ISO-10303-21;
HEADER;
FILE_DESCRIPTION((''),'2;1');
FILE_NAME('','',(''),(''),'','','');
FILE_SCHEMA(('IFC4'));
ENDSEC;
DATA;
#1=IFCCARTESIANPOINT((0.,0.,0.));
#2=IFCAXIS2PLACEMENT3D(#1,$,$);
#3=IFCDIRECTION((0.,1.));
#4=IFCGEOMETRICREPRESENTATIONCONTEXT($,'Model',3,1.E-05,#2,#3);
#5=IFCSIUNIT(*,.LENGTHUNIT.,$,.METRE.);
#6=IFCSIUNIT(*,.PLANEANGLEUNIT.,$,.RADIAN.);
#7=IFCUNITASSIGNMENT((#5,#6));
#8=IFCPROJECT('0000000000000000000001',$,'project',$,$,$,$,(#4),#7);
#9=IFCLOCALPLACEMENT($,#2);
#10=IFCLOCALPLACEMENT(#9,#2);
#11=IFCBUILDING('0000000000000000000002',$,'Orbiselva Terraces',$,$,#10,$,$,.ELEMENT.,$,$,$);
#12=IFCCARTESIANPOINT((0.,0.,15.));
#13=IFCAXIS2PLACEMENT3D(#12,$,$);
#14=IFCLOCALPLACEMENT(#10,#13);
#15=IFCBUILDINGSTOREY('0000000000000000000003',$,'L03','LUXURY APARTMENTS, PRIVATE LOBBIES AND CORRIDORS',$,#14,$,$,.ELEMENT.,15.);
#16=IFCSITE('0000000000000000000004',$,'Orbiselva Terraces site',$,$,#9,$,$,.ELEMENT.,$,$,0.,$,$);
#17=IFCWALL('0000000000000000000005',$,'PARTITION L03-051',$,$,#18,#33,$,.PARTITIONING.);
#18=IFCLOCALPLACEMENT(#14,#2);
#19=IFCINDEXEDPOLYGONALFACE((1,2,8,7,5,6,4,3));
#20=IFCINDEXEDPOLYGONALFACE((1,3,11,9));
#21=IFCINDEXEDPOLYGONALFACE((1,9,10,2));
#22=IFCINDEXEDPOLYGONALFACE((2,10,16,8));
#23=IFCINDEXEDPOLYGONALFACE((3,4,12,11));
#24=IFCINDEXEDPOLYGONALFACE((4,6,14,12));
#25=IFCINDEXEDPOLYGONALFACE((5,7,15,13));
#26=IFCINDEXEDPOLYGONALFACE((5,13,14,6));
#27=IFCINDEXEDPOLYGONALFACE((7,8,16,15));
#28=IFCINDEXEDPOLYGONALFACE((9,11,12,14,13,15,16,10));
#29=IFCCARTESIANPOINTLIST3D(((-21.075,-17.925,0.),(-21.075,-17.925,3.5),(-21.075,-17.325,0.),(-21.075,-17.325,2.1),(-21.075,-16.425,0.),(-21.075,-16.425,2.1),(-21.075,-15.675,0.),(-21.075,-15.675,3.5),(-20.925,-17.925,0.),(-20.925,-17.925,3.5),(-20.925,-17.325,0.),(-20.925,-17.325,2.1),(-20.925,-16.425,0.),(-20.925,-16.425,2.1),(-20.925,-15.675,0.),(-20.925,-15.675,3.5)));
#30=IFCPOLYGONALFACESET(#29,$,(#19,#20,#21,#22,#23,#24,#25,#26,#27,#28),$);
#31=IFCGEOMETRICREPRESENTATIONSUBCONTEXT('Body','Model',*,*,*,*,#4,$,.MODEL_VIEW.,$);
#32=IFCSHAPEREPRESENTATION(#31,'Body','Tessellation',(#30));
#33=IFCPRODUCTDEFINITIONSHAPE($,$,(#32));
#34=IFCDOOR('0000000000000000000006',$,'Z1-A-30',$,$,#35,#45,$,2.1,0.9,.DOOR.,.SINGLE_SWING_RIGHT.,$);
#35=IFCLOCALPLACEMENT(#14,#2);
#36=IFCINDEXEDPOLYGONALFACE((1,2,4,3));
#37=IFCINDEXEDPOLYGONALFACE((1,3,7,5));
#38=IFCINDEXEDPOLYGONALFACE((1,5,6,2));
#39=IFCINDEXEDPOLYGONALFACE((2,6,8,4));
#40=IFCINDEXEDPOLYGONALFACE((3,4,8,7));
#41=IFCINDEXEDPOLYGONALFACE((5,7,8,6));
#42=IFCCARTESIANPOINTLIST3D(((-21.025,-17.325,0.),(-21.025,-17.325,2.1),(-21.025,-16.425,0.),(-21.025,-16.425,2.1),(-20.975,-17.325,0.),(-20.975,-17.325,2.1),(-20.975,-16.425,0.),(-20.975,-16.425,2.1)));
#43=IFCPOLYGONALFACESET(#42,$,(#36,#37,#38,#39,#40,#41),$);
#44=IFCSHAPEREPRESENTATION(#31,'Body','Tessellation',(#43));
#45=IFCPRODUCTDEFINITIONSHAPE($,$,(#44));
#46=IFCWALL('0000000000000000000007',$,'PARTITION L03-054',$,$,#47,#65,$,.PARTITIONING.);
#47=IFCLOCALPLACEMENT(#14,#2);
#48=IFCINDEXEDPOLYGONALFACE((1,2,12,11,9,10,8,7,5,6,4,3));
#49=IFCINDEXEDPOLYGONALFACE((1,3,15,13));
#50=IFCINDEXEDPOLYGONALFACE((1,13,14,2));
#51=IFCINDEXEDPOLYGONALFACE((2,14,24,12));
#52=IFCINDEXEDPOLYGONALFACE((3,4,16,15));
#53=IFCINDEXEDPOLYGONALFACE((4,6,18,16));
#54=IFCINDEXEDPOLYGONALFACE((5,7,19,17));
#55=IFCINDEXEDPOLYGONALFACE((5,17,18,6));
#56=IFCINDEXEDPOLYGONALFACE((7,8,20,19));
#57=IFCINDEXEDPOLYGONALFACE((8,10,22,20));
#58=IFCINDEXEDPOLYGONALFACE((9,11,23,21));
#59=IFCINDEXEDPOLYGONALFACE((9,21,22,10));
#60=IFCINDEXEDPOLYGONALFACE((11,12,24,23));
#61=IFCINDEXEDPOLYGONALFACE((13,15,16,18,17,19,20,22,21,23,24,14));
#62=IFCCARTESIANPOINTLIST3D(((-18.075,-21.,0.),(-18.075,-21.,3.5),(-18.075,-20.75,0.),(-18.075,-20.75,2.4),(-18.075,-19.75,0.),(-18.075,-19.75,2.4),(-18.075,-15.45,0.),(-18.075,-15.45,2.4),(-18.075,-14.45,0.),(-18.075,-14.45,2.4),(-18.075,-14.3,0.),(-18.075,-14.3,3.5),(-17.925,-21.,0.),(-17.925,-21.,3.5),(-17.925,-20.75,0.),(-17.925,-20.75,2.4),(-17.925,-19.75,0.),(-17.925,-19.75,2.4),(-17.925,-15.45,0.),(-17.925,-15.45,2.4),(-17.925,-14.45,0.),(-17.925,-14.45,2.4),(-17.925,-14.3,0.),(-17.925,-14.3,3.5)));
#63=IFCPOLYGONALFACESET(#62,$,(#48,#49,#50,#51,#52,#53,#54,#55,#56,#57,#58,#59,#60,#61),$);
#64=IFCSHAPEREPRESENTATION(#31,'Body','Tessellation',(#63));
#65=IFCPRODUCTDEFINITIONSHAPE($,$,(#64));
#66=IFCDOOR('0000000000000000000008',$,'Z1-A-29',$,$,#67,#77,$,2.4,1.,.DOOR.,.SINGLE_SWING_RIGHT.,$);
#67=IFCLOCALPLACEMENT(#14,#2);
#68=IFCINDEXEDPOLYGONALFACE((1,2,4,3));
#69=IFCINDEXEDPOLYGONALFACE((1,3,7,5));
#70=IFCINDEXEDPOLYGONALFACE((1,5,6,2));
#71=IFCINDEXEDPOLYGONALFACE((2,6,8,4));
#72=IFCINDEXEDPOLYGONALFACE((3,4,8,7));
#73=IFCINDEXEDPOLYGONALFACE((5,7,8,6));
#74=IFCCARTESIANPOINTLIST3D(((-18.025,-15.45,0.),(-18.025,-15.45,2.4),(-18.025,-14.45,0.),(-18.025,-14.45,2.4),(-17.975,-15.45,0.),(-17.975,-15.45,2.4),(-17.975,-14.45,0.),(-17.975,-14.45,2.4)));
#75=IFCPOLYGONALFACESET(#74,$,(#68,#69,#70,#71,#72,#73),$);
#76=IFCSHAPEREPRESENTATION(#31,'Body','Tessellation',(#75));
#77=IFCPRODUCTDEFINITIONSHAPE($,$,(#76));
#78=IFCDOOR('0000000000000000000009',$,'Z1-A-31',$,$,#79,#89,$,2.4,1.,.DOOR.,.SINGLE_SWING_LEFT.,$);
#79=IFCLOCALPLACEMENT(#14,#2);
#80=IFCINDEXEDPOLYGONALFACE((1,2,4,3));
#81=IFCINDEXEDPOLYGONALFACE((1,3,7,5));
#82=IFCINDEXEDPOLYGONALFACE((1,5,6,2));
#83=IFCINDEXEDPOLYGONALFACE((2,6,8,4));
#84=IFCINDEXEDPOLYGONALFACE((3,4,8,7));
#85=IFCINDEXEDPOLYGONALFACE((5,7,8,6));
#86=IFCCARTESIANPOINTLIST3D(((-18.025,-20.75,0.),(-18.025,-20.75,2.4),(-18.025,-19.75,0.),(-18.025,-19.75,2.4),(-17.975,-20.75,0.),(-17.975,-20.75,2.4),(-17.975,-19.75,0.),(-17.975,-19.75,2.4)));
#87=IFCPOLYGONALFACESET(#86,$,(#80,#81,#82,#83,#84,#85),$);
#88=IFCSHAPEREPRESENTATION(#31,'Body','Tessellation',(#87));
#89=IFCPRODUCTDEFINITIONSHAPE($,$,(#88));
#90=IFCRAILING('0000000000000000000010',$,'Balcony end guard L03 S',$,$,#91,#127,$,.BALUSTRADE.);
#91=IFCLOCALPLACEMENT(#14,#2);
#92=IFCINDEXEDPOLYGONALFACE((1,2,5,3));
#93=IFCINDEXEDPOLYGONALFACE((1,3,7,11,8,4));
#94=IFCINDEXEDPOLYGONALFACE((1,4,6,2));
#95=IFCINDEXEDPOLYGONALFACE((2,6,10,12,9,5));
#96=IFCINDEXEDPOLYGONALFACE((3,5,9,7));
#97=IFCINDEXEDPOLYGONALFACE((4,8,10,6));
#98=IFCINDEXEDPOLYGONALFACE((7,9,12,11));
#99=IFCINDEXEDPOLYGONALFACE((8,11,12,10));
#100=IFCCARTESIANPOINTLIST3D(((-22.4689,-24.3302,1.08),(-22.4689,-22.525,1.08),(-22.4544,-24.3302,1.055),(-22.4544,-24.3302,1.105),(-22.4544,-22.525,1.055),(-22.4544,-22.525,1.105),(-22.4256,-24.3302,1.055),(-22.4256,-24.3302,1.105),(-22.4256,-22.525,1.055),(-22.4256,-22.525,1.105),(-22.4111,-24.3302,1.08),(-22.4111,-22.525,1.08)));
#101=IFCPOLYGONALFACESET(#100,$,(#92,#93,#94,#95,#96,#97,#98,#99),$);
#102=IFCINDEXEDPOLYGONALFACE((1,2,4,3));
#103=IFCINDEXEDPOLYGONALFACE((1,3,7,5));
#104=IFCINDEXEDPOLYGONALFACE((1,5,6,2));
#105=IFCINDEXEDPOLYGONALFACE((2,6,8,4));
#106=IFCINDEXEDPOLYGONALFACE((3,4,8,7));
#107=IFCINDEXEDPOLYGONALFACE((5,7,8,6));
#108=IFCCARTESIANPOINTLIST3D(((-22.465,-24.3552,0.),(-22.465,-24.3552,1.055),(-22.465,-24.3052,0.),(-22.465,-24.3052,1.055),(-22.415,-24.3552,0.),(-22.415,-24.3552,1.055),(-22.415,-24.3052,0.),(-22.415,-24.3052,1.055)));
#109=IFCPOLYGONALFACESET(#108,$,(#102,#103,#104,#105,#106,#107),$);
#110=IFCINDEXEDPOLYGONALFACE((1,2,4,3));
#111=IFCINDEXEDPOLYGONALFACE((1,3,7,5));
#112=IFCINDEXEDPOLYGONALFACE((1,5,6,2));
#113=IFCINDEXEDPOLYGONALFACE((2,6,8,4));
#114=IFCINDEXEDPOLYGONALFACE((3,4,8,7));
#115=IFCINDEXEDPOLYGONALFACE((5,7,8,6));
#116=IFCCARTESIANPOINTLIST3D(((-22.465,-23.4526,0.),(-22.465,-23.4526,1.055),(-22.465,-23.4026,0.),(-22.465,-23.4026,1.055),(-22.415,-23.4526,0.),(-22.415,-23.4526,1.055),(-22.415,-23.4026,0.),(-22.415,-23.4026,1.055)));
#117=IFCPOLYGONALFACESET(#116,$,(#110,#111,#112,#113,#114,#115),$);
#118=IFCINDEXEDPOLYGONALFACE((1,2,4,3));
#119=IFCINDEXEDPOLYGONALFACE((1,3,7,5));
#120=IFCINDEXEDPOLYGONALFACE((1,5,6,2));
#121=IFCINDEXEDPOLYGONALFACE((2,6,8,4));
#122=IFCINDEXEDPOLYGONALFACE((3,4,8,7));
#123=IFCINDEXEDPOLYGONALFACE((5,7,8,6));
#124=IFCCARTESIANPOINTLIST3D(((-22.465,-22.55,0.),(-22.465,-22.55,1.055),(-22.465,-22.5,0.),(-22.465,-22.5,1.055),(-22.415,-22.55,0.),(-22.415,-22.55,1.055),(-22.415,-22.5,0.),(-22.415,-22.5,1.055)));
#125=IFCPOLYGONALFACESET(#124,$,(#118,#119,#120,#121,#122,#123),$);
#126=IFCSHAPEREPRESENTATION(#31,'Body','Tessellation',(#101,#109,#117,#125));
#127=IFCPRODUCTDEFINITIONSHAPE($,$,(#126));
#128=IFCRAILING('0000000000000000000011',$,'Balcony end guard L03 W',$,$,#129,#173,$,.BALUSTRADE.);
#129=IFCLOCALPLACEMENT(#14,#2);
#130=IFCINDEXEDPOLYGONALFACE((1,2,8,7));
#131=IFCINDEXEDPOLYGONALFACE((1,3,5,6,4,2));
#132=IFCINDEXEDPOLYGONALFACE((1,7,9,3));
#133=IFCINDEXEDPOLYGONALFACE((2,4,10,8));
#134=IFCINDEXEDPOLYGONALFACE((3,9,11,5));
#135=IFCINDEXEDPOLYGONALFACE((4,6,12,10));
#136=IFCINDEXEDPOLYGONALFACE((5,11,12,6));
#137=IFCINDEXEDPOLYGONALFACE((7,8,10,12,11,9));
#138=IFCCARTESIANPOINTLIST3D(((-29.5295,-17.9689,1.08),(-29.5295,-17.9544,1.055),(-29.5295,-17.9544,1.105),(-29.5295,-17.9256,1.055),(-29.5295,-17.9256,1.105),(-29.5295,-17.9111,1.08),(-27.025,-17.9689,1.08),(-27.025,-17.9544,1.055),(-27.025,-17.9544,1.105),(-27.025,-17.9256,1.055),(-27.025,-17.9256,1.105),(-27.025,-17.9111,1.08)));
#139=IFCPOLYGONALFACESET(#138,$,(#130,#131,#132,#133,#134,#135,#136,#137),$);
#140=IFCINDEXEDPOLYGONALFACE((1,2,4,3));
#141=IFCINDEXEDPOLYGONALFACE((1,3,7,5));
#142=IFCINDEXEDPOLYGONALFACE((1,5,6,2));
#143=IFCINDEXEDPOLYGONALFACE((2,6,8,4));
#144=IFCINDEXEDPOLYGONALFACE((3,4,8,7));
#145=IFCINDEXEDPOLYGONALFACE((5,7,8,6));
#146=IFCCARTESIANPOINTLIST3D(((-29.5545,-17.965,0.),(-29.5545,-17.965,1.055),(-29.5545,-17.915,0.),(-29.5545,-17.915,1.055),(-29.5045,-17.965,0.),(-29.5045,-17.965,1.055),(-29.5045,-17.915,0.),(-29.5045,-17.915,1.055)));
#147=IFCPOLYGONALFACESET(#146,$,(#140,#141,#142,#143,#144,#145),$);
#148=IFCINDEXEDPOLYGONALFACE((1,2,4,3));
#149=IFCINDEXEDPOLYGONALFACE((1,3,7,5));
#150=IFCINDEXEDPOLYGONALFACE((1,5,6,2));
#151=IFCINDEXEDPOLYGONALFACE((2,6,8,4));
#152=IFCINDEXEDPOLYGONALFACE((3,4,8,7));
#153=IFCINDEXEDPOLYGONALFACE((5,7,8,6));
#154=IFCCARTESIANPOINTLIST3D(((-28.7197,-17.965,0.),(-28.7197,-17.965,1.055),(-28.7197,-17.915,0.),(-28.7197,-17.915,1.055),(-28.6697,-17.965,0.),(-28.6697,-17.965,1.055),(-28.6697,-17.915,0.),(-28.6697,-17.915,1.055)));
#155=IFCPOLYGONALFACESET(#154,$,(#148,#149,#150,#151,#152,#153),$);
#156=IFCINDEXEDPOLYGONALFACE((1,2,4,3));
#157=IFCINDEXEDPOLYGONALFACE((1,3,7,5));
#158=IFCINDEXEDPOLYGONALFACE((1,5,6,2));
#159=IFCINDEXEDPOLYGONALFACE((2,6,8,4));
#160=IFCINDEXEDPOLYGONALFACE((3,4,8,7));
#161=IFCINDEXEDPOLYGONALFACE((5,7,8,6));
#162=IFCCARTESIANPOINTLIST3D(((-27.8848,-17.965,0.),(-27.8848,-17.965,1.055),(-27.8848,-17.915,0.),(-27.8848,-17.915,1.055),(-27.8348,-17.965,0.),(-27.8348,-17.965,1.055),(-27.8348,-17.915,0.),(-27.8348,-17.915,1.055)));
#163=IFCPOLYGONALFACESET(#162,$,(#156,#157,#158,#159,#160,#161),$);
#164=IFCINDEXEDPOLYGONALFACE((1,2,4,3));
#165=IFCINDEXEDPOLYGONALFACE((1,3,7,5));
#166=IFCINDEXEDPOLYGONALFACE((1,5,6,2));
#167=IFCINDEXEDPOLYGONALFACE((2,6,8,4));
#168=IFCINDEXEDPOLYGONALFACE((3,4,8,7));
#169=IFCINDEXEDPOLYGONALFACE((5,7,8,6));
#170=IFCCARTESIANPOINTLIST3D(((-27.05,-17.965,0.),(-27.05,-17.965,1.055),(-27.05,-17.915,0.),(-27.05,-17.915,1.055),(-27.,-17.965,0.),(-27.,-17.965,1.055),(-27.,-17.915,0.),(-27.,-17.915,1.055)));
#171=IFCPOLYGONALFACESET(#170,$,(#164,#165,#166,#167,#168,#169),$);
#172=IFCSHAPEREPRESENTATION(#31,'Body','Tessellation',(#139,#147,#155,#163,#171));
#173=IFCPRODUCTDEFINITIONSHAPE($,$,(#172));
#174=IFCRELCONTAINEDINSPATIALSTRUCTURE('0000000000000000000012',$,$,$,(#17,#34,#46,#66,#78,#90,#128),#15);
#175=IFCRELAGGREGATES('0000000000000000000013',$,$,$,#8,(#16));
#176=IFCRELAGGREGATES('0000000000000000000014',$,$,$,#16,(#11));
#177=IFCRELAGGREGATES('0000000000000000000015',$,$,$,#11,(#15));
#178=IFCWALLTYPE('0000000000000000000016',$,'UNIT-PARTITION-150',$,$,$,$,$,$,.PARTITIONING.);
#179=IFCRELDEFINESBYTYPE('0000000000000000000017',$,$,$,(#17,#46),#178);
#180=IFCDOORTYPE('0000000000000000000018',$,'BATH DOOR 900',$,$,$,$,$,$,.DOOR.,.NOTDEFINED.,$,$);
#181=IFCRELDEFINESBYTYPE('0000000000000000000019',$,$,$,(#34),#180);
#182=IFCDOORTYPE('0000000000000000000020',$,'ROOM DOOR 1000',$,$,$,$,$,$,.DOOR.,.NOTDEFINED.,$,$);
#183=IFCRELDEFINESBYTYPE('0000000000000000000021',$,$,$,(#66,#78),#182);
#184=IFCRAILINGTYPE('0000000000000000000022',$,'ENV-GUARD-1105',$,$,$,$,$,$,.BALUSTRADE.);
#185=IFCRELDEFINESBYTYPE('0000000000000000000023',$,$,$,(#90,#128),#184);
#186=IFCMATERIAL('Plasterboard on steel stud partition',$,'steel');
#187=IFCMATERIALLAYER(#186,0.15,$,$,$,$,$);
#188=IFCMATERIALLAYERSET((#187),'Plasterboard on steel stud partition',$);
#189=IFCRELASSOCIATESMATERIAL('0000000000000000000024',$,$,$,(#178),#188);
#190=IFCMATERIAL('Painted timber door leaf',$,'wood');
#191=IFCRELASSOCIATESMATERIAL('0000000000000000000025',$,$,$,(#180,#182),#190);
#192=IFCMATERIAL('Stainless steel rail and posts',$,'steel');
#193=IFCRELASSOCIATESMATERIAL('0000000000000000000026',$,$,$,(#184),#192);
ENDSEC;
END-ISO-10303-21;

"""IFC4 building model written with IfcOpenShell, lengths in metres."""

from ifc_helpers import new_model, si_unit, direction, frame, frame_2d, origin, origin_2d, place, context, subcontext, project, spatial, polyline, rectangle, outline, extrude, material, layer, layer_set, type_object, element, fill, save


model = new_model("IFC4")

# Units and contexts
model_context = context("Model", 3, precision=1e-05, world=origin(), true_north=direction((0.0, 1.0)))
body_context = subcontext(model_context, "Body", "Model", "MODEL_VIEW")
ifc_project = project(units=[si_unit("LENGTHUNIT", "METRE"), si_unit("PLANEANGLEUNIT", "RADIAN")], contexts=[model_context])

# Site, building, storey
site_placement = place(None, origin())
site = spatial("IfcSite", under=ifc_project, at=site_placement, Name="Orbiselva Terraces site", CompositionType="ELEMENT", RefElevation=0.0)
building_placement = place(site_placement, origin())
building = spatial("IfcBuilding", under=site, at=building_placement, Name="Orbiselva Terraces", CompositionType="ELEMENT")
storey_placement = place(building_placement, frame((0.0, 0.0, 15.0)))
storey = spatial("IfcBuildingStorey", under=building, at=storey_placement, Name="L03", Description="LUXURY APARTMENTS, PRIVATE LOBBIES AND CORRIDORS", CompositionType="ELEMENT", Elevation=15.0)

# Shared definitions
ifc_material_1 = material(Name="Plasterboard on steel stud partition", Category="steel")
ifc_layer_1 = layer(ifc_material_1, 0.15)
ifc_layer_set_1 = layer_set([ifc_layer_1], Name="Plasterboard on steel stud partition")
wall_type_1 = type_object("IfcWallType", Name="UNIT-PARTITION-150", PredefinedType="PARTITIONING", material=ifc_layer_set_1)

# Wall, opening, door
wall_1_placement = place(storey_placement, frame((-21.0, -15.675, 0.0), z_axis=(0.0, 0.0, 1.0), x_axis=(0.0, -1.0, 0.0)))
wall_1 = element("IfcWall", 1, at=wall_1_placement, inside=storey, type_object=wall_type_1, Name="PARTITION L03-051", PredefinedType="PARTITIONING", context=body_context, shape_type="SweptSolid", body=[
    extrude(rectangle(XDim=2.25, YDim=0.15, at=frame_2d((1.125, 0.0))), origin(), (0.0, 0.0, 1.0), 3.5),
])
opening_1_placement = place(wall_1_placement, frame((0.75, 0.0, 0.0)))
opening_1 = element("IfcOpeningElement", 2, at=opening_1_placement, cuts=wall_1, PredefinedType="OPENING", context=body_context, shape_type="SweptSolid", body=[
    extrude(rectangle(XDim=0.9, YDim=2.1, at=frame_2d((0.45, 1.05))), frame((0.0, 0.085, 0.0), z_axis=(0.0, -1.0, 0.0), x_axis=(1.0, 0.0, 0.0)), (0.0, 0.0, 1.0), 0.17),
])
ifc_material_2 = material(Name="Painted timber door leaf", Category="wood")
door_type_1 = type_object("IfcDoorType", Name="BATH DOOR 900", OperationType="NOTDEFINED", PredefinedType="DOOR", material=ifc_material_2)
door_1_placement = place(opening_1_placement, origin())
door_1 = element("IfcDoor", 3, at=door_1_placement, inside=storey, type_object=door_type_1, Name="Z1-A-30", OperationType="SINGLE_SWING_RIGHT", OverallHeight=2.1, OverallWidth=0.9, PredefinedType="DOOR", context=body_context, shape_type="SweptSolid", body=[
    extrude(rectangle(XDim=0.9, YDim=2.1, at=frame_2d((0.45, 1.05))), frame((0.0, 0.025, 0.0), z_axis=(0.0, -1.0, 0.0), x_axis=(1.0, 0.0, 0.0)), (0.0, 0.0, 1.0), 0.05),
])
fill(opening_1, door_1)

# Wall, openings, doors
wall_2_placement = place(storey_placement, frame((-18.0, -21.0, 0.0), z_axis=(0.0, 0.0, 1.0), x_axis=(0.0, 1.0, 0.0)))
wall_2 = element("IfcWall", 4, at=wall_2_placement, inside=storey, type_object=wall_type_1, Name="PARTITION L03-054", PredefinedType="PARTITIONING", context=body_context, shape_type="SweptSolid", body=[
    extrude(rectangle(XDim=6.7, YDim=0.15, at=frame_2d((3.35, 0.0))), origin(), (0.0, 0.0, 1.0), 3.5),
])
opening_2_placement = place(wall_2_placement, frame((5.55, 0.0, 0.0)))
opening_2 = element("IfcOpeningElement", 5, at=opening_2_placement, cuts=wall_2, PredefinedType="OPENING", context=body_context, shape_type="SweptSolid", body=[
    extrude(rectangle(XDim=1.0, YDim=2.4, at=frame_2d((0.5, 1.2))), frame((0.0, 0.085, 0.0), z_axis=(0.0, -1.0, 0.0), x_axis=(1.0, 0.0, 0.0)), (0.0, 0.0, 1.0), 0.17),
])
opening_3_placement = place(wall_2_placement, frame((0.25, 0.0, 0.0)))
opening_3 = element("IfcOpeningElement", 6, at=opening_3_placement, cuts=wall_2, PredefinedType="OPENING", context=body_context, shape_type="SweptSolid", body=[
    extrude(rectangle(XDim=1.0, YDim=2.4, at=frame_2d((0.5, 1.2))), frame((0.0, 0.085, 0.0), z_axis=(0.0, -1.0, 0.0), x_axis=(1.0, 0.0, 0.0)), (0.0, 0.0, 1.0), 0.17),
])
door_type_2 = type_object("IfcDoorType", Name="ROOM DOOR 1000", OperationType="NOTDEFINED", PredefinedType="DOOR", material=ifc_material_2)
door_2_placement = place(opening_2_placement, origin())
door_2 = element("IfcDoor", 7, at=door_2_placement, inside=storey, type_object=door_type_2, Name="Z1-A-29", OperationType="SINGLE_SWING_RIGHT", OverallHeight=2.4, OverallWidth=1.0, PredefinedType="DOOR", context=body_context, shape_type="SweptSolid", body=[
    extrude(rectangle(XDim=1.0, YDim=2.4, at=frame_2d((0.5, 1.2))), frame((0.0, 0.025, 0.0), z_axis=(0.0, -1.0, 0.0), x_axis=(1.0, 0.0, 0.0)), (0.0, 0.0, 1.0), 0.05),
])
fill(opening_2, door_2)
door_3_placement = place(opening_3_placement, origin())
door_3 = element("IfcDoor", 8, at=door_3_placement, inside=storey, type_object=door_type_2, Name="Z1-A-31", OperationType="SINGLE_SWING_LEFT", OverallHeight=2.4, OverallWidth=1.0, PredefinedType="DOOR", context=body_context, shape_type="SweptSolid", body=[
    extrude(rectangle(XDim=1.0, YDim=2.4, at=frame_2d((0.5, 1.2))), frame((0.0, 0.025, 0.0), z_axis=(0.0, -1.0, 0.0), x_axis=(1.0, 0.0, 0.0)), (0.0, 0.0, 1.0), 0.05),
])
fill(opening_3, door_3)

# Railings
ifc_material_3 = material(Name="Stainless steel rail and posts", Category="steel")
railing_type_1 = type_object("IfcRailingType", Name="ENV-GUARD-1105", PredefinedType="BALUSTRADE", material=ifc_material_3)
railing_1_placement = place(storey_placement, frame((-22.44, -24.3302, 0.0)))
element("IfcRailing", 9, at=railing_1_placement, inside=storey, type_object=railing_type_1, Name="Balcony end guard L03 S", PredefinedType="BALUSTRADE", context=body_context, shape_type="SweptSolid", body=[
    extrude(outline(polyline([(0.0289, 0.0), (0.0144, 0.025), (-0.0144, 0.025), (-0.0289, 0.0), (-0.0144, -0.025), (0.0144, -0.025), (0.0289, 0.0)])), frame((0.0, 0.0, 1.08), z_axis=(0.0, 1.0, 0.0), x_axis=(-1.0, 0.0, 0.0)), (0.0, 0.0, 1.0), 1.8052),
    extrude(rectangle(XDim=0.05, YDim=0.05, at=origin_2d()), origin(), (0.0, 0.0, 1.0), 1.055),
    extrude(rectangle(XDim=0.05, YDim=0.05, at=origin_2d()), frame((0.0, 0.9026, 0.0)), (0.0, 0.0, 1.0), 1.055),
    extrude(rectangle(XDim=0.05, YDim=0.05, at=origin_2d()), frame((0.0, 1.8052, 0.0)), (0.0, 0.0, 1.0), 1.055),
])
railing_2_placement = place(storey_placement, frame((-29.5295, -17.94, 0.0)))
element("IfcRailing", 10, at=railing_2_placement, inside=storey, type_object=railing_type_1, Name="Balcony end guard L03 W", PredefinedType="BALUSTRADE", context=body_context, shape_type="SweptSolid", body=[
    extrude(outline(polyline([(0.0289, 0.0), (0.0144, 0.025), (-0.0144, 0.025), (-0.0289, 0.0), (-0.0144, -0.025), (0.0144, -0.025), (0.0289, 0.0)])), frame((0.0, 0.0, 1.08), z_axis=(1.0, 0.0, 0.0), x_axis=(0.0, 1.0, 0.0)), (0.0, 0.0, 1.0), 2.5045),
    extrude(rectangle(XDim=0.05, YDim=0.05, at=origin_2d()), origin(), (0.0, 0.0, 1.0), 1.055),
    extrude(rectangle(XDim=0.05, YDim=0.05, at=origin_2d()), frame((0.8348, 0.0, 0.0)), (0.0, 0.0, 1.0), 1.055),
    extrude(rectangle(XDim=0.05, YDim=0.05, at=origin_2d()), frame((1.6697, 0.0, 0.0)), (0.0, 0.0, 1.0), 1.055),
    extrude(rectangle(XDim=0.05, YDim=0.05, at=origin_2d()), frame((2.5045, 0.0, 0.0)), (0.0, 0.0, 1.0), 1.055),
])

save(model, "model.ifc")
